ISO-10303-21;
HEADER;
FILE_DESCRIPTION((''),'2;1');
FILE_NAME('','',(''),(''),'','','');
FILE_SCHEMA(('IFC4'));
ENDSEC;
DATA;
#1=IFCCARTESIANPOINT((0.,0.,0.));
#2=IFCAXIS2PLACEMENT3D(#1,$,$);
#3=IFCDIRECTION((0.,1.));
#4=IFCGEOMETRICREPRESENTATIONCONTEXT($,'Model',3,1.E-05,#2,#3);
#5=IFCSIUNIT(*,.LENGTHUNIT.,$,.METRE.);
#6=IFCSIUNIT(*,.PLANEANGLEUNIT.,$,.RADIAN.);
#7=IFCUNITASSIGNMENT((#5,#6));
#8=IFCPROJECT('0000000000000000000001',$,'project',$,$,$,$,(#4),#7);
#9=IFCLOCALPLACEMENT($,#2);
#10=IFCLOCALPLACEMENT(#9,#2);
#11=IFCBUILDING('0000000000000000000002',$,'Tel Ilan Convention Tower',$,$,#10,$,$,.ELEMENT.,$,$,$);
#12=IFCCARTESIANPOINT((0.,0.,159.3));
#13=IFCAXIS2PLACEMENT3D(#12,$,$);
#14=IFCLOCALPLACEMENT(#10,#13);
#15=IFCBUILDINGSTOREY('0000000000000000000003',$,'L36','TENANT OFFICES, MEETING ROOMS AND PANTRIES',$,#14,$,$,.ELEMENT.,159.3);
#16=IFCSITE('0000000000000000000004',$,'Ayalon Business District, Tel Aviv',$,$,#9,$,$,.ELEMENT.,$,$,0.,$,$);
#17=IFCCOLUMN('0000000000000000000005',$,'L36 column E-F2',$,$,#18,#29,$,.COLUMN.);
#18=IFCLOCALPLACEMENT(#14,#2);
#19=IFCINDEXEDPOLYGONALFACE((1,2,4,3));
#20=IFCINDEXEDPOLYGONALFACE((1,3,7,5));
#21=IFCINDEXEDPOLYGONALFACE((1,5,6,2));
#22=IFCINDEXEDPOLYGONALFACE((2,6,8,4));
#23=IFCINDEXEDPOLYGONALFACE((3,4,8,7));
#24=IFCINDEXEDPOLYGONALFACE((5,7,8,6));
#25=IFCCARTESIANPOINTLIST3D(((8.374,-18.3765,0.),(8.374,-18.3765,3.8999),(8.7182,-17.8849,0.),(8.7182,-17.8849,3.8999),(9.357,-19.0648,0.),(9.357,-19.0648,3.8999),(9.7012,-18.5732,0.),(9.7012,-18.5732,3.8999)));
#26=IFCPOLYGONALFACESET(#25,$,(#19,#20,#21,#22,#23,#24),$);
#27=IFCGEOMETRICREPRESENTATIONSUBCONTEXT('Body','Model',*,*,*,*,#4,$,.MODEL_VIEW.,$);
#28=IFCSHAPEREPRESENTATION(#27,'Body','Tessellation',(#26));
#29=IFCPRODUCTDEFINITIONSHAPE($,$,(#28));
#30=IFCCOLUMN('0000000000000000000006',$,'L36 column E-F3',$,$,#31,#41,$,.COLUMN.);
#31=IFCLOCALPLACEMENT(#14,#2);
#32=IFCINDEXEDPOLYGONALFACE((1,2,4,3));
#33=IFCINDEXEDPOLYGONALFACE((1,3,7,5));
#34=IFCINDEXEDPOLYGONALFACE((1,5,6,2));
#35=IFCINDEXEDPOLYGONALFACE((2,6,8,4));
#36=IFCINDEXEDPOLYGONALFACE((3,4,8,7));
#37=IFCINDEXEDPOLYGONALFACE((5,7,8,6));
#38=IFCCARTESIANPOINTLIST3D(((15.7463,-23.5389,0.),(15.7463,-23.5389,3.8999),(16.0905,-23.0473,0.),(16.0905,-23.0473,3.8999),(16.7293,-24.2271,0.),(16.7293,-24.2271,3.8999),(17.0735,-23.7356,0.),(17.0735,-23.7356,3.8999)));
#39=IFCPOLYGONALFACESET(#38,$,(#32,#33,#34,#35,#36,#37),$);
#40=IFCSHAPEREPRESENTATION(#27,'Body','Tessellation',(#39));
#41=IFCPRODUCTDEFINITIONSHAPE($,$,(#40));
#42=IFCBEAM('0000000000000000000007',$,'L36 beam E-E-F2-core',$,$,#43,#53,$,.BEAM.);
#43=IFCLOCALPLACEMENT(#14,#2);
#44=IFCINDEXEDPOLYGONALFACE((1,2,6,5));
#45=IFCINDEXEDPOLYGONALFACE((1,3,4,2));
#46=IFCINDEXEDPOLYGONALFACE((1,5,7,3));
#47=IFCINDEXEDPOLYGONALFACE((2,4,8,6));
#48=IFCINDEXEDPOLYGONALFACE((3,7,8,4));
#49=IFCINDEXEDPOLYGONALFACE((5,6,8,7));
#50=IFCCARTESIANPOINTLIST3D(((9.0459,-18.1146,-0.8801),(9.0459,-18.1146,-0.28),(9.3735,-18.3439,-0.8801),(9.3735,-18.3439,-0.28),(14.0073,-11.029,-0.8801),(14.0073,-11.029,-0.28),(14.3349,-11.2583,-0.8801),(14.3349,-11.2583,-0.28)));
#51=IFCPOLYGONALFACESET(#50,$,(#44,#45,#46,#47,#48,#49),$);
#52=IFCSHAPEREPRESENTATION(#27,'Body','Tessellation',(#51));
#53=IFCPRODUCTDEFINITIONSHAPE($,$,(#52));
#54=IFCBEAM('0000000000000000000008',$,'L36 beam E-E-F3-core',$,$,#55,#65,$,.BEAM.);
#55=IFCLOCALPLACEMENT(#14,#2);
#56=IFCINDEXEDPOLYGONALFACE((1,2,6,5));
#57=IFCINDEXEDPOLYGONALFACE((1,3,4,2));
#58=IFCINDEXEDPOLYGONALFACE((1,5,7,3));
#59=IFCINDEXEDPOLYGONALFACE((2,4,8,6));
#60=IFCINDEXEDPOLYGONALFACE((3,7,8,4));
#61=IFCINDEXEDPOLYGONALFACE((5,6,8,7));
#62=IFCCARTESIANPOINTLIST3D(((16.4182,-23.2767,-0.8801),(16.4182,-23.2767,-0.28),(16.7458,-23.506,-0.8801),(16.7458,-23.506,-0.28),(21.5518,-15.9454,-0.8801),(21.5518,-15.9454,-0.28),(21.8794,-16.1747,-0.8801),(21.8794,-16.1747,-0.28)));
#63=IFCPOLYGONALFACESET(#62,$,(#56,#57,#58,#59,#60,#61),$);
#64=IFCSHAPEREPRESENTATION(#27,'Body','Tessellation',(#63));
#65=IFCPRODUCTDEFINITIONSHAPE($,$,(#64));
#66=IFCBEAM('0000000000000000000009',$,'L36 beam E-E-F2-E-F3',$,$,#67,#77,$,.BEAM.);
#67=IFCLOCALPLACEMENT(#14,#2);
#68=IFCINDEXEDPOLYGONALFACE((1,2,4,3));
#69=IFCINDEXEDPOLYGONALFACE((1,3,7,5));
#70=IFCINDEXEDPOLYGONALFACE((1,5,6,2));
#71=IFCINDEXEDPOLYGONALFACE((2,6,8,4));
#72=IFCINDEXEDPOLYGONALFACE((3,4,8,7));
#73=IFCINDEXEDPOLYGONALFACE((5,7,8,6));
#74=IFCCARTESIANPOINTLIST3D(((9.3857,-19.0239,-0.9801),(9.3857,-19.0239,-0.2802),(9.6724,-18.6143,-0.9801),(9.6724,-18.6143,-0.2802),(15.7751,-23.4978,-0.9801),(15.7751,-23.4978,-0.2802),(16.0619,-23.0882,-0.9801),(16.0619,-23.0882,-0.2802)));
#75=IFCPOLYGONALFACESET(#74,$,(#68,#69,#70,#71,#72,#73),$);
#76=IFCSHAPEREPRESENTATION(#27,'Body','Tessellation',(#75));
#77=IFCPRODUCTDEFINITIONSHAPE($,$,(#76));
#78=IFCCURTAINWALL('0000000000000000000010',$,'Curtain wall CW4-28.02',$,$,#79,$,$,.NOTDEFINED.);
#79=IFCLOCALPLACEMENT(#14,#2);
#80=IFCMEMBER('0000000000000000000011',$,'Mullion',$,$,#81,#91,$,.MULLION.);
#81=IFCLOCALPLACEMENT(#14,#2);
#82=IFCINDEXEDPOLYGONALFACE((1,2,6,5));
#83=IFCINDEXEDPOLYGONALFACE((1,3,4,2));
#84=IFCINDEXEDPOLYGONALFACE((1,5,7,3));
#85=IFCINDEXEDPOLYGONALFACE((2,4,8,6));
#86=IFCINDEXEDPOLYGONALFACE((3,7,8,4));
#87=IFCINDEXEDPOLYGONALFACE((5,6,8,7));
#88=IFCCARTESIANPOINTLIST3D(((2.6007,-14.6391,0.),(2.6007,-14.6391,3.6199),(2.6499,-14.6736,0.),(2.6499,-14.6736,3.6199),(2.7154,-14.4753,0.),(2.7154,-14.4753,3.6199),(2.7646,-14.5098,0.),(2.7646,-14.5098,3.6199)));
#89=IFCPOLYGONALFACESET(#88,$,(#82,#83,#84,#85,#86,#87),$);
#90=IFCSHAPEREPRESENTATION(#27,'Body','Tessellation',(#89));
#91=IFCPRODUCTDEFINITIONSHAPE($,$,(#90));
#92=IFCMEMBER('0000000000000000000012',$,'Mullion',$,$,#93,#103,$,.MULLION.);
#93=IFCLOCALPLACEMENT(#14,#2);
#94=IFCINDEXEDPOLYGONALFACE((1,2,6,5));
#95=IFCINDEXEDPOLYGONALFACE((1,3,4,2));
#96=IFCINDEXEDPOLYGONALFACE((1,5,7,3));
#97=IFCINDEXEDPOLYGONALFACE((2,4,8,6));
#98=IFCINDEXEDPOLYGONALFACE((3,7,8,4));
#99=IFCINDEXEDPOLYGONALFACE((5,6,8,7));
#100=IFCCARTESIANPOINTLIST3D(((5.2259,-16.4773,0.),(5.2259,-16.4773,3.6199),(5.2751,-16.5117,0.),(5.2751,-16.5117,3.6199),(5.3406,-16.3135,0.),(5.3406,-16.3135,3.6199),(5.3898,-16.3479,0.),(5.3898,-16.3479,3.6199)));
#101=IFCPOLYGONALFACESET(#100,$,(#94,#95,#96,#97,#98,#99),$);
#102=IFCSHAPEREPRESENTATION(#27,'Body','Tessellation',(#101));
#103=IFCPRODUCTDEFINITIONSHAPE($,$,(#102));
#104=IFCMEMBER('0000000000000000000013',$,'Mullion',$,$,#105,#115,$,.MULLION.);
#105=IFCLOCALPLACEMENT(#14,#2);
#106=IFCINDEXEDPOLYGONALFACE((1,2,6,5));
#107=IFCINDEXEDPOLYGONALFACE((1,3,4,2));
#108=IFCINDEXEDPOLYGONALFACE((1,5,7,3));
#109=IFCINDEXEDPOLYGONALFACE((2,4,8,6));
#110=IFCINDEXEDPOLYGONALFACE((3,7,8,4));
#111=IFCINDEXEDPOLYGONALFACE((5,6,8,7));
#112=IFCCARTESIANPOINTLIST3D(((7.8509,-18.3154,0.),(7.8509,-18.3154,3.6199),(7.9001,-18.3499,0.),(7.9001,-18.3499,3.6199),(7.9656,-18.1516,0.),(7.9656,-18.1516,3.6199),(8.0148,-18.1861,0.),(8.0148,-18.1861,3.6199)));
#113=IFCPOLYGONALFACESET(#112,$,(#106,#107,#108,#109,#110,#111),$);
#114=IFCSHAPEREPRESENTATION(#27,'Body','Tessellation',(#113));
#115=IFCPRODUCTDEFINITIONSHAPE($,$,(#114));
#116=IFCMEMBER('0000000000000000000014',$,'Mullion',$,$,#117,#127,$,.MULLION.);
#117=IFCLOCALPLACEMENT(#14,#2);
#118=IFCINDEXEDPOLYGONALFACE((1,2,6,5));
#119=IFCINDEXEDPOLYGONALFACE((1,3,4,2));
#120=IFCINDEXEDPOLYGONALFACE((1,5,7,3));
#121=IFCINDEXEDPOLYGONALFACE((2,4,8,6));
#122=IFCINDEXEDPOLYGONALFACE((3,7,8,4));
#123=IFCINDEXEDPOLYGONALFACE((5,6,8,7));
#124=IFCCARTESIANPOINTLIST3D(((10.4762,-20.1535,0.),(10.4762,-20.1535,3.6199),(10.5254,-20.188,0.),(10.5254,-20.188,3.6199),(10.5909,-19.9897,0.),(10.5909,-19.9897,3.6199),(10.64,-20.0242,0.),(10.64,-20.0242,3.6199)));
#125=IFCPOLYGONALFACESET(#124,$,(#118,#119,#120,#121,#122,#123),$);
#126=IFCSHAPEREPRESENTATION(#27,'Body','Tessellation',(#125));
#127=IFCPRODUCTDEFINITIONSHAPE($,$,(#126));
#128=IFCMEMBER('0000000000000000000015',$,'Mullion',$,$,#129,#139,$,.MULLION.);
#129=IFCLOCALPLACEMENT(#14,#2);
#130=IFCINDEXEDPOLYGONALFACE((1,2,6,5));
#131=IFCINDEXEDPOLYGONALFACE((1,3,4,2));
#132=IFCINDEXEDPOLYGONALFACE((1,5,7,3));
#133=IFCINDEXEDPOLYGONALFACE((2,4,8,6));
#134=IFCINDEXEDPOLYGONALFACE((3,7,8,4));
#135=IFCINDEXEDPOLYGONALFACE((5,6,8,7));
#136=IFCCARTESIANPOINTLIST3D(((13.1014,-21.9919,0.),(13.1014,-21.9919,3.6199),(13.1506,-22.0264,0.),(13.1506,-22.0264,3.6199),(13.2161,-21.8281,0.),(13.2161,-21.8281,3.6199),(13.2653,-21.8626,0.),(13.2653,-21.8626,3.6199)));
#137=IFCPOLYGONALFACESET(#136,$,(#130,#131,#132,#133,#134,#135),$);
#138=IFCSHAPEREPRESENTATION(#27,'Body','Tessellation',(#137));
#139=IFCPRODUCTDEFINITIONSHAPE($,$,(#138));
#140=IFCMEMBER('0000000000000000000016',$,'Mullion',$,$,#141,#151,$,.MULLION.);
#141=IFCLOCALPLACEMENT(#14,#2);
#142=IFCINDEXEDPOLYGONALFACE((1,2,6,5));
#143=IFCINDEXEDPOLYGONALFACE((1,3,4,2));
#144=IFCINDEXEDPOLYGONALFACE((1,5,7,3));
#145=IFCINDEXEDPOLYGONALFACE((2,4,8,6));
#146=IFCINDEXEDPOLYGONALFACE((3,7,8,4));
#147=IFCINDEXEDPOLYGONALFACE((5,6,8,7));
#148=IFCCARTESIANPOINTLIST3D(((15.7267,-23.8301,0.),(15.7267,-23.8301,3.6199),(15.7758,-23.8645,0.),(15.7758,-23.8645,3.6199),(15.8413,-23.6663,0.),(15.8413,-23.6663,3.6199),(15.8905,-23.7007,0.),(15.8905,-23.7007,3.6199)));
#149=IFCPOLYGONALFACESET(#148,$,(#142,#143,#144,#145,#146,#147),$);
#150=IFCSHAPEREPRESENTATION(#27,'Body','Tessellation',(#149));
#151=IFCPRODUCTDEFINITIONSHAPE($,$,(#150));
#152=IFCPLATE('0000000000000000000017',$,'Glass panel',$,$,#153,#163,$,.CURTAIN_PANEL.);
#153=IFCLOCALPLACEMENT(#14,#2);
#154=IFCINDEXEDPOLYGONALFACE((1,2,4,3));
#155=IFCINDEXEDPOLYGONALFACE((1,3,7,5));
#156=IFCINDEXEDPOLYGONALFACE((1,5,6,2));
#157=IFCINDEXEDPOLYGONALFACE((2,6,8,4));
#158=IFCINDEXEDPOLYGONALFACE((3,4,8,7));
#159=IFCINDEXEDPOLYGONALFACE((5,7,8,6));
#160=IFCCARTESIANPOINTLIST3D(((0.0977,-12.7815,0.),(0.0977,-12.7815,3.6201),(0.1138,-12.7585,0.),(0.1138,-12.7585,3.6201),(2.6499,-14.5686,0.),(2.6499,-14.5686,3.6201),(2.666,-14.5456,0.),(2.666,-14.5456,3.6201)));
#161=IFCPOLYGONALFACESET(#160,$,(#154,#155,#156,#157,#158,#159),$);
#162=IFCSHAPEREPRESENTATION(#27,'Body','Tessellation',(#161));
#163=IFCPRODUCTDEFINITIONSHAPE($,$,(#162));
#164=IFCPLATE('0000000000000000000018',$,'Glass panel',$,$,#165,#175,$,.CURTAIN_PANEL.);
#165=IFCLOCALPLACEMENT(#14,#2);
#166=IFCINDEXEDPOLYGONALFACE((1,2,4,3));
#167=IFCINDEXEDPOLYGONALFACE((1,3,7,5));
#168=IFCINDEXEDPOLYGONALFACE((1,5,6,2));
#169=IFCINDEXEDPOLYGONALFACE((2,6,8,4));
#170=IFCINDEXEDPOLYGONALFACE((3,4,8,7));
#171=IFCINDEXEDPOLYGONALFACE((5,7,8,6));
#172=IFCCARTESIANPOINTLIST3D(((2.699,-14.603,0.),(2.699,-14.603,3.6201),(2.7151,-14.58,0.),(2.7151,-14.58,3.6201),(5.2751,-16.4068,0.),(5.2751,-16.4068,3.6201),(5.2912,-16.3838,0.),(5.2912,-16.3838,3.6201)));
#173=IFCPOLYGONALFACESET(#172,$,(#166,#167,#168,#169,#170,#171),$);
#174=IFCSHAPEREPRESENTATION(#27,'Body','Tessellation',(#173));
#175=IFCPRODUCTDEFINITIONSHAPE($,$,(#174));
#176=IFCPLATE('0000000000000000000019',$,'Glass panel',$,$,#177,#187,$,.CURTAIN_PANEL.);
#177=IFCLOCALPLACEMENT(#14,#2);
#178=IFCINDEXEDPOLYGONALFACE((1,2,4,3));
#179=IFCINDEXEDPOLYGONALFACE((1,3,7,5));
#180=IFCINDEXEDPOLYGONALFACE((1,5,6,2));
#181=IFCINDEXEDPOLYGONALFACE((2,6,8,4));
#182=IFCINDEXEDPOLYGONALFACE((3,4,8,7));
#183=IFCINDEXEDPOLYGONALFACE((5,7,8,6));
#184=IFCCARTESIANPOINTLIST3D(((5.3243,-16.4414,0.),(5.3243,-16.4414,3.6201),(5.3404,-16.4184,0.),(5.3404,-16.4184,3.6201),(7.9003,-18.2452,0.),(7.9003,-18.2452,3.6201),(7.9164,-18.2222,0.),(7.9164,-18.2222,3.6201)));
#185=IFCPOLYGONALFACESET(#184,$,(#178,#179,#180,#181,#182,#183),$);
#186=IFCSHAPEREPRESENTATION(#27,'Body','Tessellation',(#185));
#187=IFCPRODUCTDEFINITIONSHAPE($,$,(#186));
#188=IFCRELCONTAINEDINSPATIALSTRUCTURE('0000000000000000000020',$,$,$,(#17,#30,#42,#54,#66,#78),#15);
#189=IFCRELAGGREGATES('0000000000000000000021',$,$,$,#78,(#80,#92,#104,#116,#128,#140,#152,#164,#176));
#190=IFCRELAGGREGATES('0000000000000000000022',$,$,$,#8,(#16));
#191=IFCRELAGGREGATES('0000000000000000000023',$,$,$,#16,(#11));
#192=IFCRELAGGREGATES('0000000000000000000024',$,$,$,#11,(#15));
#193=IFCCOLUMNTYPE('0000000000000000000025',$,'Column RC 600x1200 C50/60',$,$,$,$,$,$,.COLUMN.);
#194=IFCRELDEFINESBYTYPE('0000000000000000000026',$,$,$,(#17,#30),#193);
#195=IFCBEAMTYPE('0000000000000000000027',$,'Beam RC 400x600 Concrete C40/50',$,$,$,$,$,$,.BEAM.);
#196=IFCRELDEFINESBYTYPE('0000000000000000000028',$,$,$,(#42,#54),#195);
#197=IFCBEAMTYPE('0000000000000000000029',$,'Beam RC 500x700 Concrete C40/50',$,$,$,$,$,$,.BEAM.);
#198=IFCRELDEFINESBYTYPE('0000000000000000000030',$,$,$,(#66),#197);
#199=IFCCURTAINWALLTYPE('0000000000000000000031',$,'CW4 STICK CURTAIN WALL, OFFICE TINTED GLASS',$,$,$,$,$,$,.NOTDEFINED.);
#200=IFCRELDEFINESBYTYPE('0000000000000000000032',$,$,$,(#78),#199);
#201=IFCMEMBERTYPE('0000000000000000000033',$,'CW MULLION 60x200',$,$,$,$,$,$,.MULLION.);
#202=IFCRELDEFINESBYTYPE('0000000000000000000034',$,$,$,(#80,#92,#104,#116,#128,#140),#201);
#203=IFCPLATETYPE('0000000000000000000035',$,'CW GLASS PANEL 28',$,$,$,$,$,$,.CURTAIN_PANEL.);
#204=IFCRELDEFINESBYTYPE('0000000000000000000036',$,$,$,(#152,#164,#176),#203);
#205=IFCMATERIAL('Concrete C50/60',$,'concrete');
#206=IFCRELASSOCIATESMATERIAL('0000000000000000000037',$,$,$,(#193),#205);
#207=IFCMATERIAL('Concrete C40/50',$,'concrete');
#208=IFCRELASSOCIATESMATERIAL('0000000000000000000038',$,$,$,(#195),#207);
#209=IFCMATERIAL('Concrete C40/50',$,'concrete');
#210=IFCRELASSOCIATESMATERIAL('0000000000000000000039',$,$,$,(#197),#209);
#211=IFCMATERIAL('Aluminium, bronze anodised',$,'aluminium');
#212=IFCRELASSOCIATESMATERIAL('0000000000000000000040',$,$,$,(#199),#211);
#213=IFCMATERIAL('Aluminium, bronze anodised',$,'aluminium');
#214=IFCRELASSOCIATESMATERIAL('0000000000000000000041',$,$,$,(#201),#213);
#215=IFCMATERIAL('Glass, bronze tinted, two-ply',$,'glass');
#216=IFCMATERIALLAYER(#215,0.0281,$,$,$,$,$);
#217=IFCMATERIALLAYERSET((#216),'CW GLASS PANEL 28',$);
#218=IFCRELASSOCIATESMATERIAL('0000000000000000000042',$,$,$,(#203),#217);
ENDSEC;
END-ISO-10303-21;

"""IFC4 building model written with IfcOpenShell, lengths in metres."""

from ifc_helpers import new_model, si_unit, direction, frame, origin, origin_2d, place, context, subcontext, project, spatial, rectangle, extrude, material, layer, layer_set, material_profile, profile_set, type_object, element, aggregate, save


model = new_model("IFC4")

# Units and contexts
model_context = context("Model", 3, precision=1e-05, world=origin(), true_north=direction((0.0, 1.0)))
body_context = subcontext(model_context, "Body", "Model", "MODEL_VIEW")
ifc_project = project(units=[si_unit("LENGTHUNIT", "METRE"), si_unit("PLANEANGLEUNIT", "RADIAN")], contexts=[model_context])

# Site, building, storey
site_placement = place(None, origin())
site = spatial("IfcSite", under=ifc_project, at=site_placement, Name="Ayalon Business District, Tel Aviv", CompositionType="ELEMENT", RefElevation=0.0)
building_placement = place(site_placement, origin())
building = spatial("IfcBuilding", under=site, at=building_placement, Name="Tel Ilan Convention Tower", CompositionType="ELEMENT")
storey_placement = place(building_placement, frame((0.0, 0.0, 159.3)))
storey = spatial("IfcBuildingStorey", under=building, at=storey_placement, Name="L36", Description="TENANT OFFICES, MEETING ROOMS AND PANTRIES", CompositionType="ELEMENT", Elevation=159.3)

# Columns
ifc_material_1 = material(Name="Concrete C50/60", Category="concrete")
ifc_material_profile_1 = material_profile(ifc_material_1, rectangle(XDim=1.2, YDim=0.6001, at=origin_2d()), Name="RC 600x1200")
ifc_profile_set_1 = profile_set([ifc_material_profile_1], Name="Concrete C50/60")
column_type = type_object("IfcColumnType", Name="Column RC 600x1200 C50/60", PredefinedType="COLUMN", material=ifc_profile_set_1)
for number, where, z_axis, x_axis, name in (
    (1, (9.0376, -18.4749, 0.0), (0.0, 0.0, 1.0), (0.819152, -0.573576, 0.0), "L36 column E-F2"),
    (2, (16.4099, -23.6372, 0.0), (0.0, 0.0, 1.0), (0.819152, -0.573576, 0.0), "L36 column E-F3"),
):
    element("IfcColumn", number, at=place(storey_placement, frame(where, z_axis=z_axis, x_axis=x_axis)), inside=storey, type_object=column_type, Name=name, PredefinedType="COLUMN", context=body_context, shape_type="SweptSolid", body=[
        extrude(rectangle(XDim=1.2, YDim=0.6001, at=origin_2d()), origin(), (0.0, 0.0, 1.0), 3.8999),
    ])

# Beams
ifc_material_2 = material(Name="Concrete C40/50", Category="concrete")
ifc_material_profile_2 = material_profile(ifc_material_2, rectangle(XDim=0.3999, YDim=0.6001, at=origin_2d()), Name="RC 400x600")
ifc_profile_set_2 = profile_set([ifc_material_profile_2], Name="Concrete C40/50")
beam_type_1 = type_object("IfcBeamType", Name="Beam RC 400x600 Concrete C40/50", PredefinedType="BEAM", material=ifc_profile_set_2)
beam_1_placement = place(storey_placement, frame((9.2097, -18.2292, -0.5801), z_axis=(0.573574, 0.819154, 0.0), x_axis=(-0.819154, 0.573574, 0.0)))
element("IfcBeam", 3, at=beam_1_placement, inside=storey, type_object=beam_type_1, Name="L36 beam E-E-F2-core", PredefinedType="BEAM", context=body_context, shape_type="SweptSolid", body=[
    extrude(rectangle(XDim=0.3999, YDim=0.6001, at=origin_2d()), origin(), (0.0, 0.0, 1.0), 8.6499),
])
beam_2_placement = place(storey_placement, frame((16.582, -23.3914, -0.5801), z_axis=(0.573585, 0.819146, 0.0), x_axis=(-0.819146, 0.573585, 0.0)))
element("IfcBeam", 4, at=beam_2_placement, inside=storey, type_object=beam_type_1, Name="L36 beam E-E-F3-core", PredefinedType="BEAM", context=body_context, shape_type="SweptSolid", body=[
    extrude(rectangle(XDim=0.3999, YDim=0.6001, at=origin_2d()), origin(), (0.0, 0.0, 1.0), 8.95),
])
ifc_material_3 = material(Name="Concrete C40/50", Category="concrete")
ifc_material_profile_3 = material_profile(ifc_material_3, rectangle(XDim=0.5, YDim=0.7, at=origin_2d()), Name="RC 500x700")
ifc_profile_set_3 = profile_set([ifc_material_profile_3], Name="Concrete C40/50")
beam_type_2 = type_object("IfcBeamType", Name="Beam RC 500x700 Concrete C40/50", PredefinedType="BEAM", material=ifc_profile_set_3)
beam_3_placement = place(storey_placement, frame((9.5291, -18.8191, -0.6301), z_axis=(0.819154, -0.573574, 0.0), x_axis=(0.573574, 0.819154, 0.0)))
element("IfcBeam", 5, at=beam_3_placement, inside=storey, type_object=beam_type_2, Name="L36 beam E-E-F2-E-F3", PredefinedType="BEAM", context=body_context, shape_type="SweptSolid", body=[
    extrude(rectangle(XDim=0.5, YDim=0.7, at=origin_2d()), origin(), (0.0, 0.0, 1.0), 7.8),
])

# Curtain wall, members, plates
ifc_material_4 = material(Name="Aluminium, bronze anodised", Category="aluminium")
curtain_wall_type = type_object("IfcCurtainWallType", Name="CW4 STICK CURTAIN WALL, OFFICE TINTED GLASS", PredefinedType="NOTDEFINED", material=ifc_material_4)
curtain_wall_placement = place(storey_placement, origin())
curtain_wall = element("IfcCurtainWall", 6, at=curtain_wall_placement, inside=storey, type_object=curtain_wall_type, Name="Curtain wall CW4-28.02", PredefinedType="NOTDEFINED")
ifc_material_5 = material(Name="Aluminium, bronze anodised", Category="aluminium")
ifc_material_profile_4 = material_profile(ifc_material_5, rectangle(XDim=0.0601, YDim=0.2, at=origin_2d()), Name="CW MULLION 60x200")
ifc_profile_set_4 = profile_set([ifc_material_profile_4], Name="Aluminium, bronze anodised")
member_type = type_object("IfcMemberType", Name="CW MULLION 60x200", PredefinedType="MULLION", material=ifc_profile_set_4)
member_1_placement = place(storey_placement, frame((2.6826, -14.5745, 0.0), z_axis=(0.0, 0.0, 1.0), x_axis=(0.819152, -0.573576, 0.0)))
member_1 = element("IfcMember", 7, at=member_1_placement, type_object=member_type, Name="Mullion", PredefinedType="MULLION", context=body_context, shape_type="SweptSolid", body=[
    extrude(rectangle(XDim=0.0601, YDim=0.2, at=origin_2d()), origin(), (0.0, 0.0, 1.0), 3.6199),
])
member_2_placement = place(storey_placement, frame((5.3079, -16.4126, 0.0), z_axis=(0.0, 0.0, 1.0), x_axis=(0.819152, -0.573576, 0.0)))
member_2 = element("IfcMember", 8, at=member_2_placement, type_object=member_type, Name="Mullion", PredefinedType="MULLION", context=body_context, shape_type="SweptSolid", body=[
    extrude(rectangle(XDim=0.0601, YDim=0.2, at=origin_2d()), origin(), (0.0, 0.0, 1.0), 3.6199),
])
member_3_placement = place(storey_placement, frame((7.9329, -18.2507, 0.0), z_axis=(0.0, 0.0, 1.0), x_axis=(0.819152, -0.573576, 0.0)))
member_3 = element("IfcMember", 9, at=member_3_placement, type_object=member_type, Name="Mullion", PredefinedType="MULLION", context=body_context, shape_type="SweptSolid", body=[
    extrude(rectangle(XDim=0.0601, YDim=0.2, at=origin_2d()), origin(), (0.0, 0.0, 1.0), 3.6199),
])
member_4_placement = place(storey_placement, frame((10.5581, -20.0889, 0.0), z_axis=(0.0, 0.0, 1.0), x_axis=(0.819152, -0.573576, 0.0)))
member_4 = element("IfcMember", 10, at=member_4_placement, type_object=member_type, Name="Mullion", PredefinedType="MULLION", context=body_context, shape_type="SweptSolid", body=[
    extrude(rectangle(XDim=0.0601, YDim=0.2, at=origin_2d()), origin(), (0.0, 0.0, 1.0), 3.6199),
])
member_5_placement = place(storey_placement, frame((13.1833, -21.9272, 0.0), z_axis=(0.0, 0.0, 1.0), x_axis=(0.819152, -0.573576, 0.0)))
member_5 = element("IfcMember", 11, at=member_5_placement, type_object=member_type, Name="Mullion", PredefinedType="MULLION", context=body_context, shape_type="SweptSolid", body=[
    extrude(rectangle(XDim=0.0601, YDim=0.2, at=origin_2d()), origin(), (0.0, 0.0, 1.0), 3.6199),
])
member_6_placement = place(storey_placement, frame((15.8086, -23.7654, 0.0), z_axis=(0.0, 0.0, 1.0), x_axis=(0.819152, -0.573576, 0.0)))
member_6 = element("IfcMember", 12, at=member_6_placement, type_object=member_type, Name="Mullion", PredefinedType="MULLION", context=body_context, shape_type="SweptSolid", body=[
    extrude(rectangle(XDim=0.0601, YDim=0.2, at=origin_2d()), origin(), (0.0, 0.0, 1.0), 3.6199),
])
ifc_material_6 = material(Name="Glass, bronze tinted, two-ply", Category="glass")
ifc_layer_1 = layer(ifc_material_6, 0.0281)
ifc_layer_set_1 = layer_set([ifc_layer_1], Name="CW GLASS PANEL 28")
plate_type = type_object("IfcPlateType", Name="CW GLASS PANEL 28", PredefinedType="CURTAIN_PANEL", material=ifc_layer_set_1)
plate_1_placement = place(storey_placement, frame((1.3818, -13.6636, 0.0), z_axis=(0.0, 0.0, 1.0), x_axis=(0.819152, -0.573576, 0.0)))
plate_1 = element("IfcPlate", 13, at=plate_1_placement, type_object=plate_type, Name="Glass panel", PredefinedType="CURTAIN_PANEL", context=body_context, shape_type="SweptSolid", body=[
    extrude(rectangle(XDim=3.1157, YDim=0.0281, at=origin_2d()), origin(), (0.0, 0.0, 1.0), 3.6201),
])
plate_2_placement = place(storey_placement, frame((3.9951, -15.4934, 0.0), z_axis=(0.0, 0.0, 1.0), x_axis=(0.819152, -0.573576, 0.0)))
plate_2 = element("IfcPlate", 14, at=plate_2_placement, type_object=plate_type, Name="Glass panel", PredefinedType="CURTAIN_PANEL", context=body_context, shape_type="SweptSolid", body=[
    extrude(rectangle(XDim=3.1448, YDim=0.0281, at=origin_2d()), origin(), (0.0, 0.0, 1.0), 3.6201),
])
plate_3_placement = place(storey_placement, frame((6.6204, -17.3318, 0.0), z_axis=(0.0, 0.0, 1.0), x_axis=(0.819152, -0.573576, 0.0)))
plate_3 = element("IfcPlate", 15, at=plate_3_placement, type_object=plate_type, Name="Glass panel", PredefinedType="CURTAIN_PANEL", context=body_context, shape_type="SweptSolid", body=[
    extrude(rectangle(XDim=3.1448, YDim=0.0281, at=origin_2d()), origin(), (0.0, 0.0, 1.0), 3.6201),
])
aggregate(curtain_wall, [member_1, member_2, member_3, member_4, member_5, member_6, plate_1, plate_2, plate_3])

save(model, "model.ifc")
